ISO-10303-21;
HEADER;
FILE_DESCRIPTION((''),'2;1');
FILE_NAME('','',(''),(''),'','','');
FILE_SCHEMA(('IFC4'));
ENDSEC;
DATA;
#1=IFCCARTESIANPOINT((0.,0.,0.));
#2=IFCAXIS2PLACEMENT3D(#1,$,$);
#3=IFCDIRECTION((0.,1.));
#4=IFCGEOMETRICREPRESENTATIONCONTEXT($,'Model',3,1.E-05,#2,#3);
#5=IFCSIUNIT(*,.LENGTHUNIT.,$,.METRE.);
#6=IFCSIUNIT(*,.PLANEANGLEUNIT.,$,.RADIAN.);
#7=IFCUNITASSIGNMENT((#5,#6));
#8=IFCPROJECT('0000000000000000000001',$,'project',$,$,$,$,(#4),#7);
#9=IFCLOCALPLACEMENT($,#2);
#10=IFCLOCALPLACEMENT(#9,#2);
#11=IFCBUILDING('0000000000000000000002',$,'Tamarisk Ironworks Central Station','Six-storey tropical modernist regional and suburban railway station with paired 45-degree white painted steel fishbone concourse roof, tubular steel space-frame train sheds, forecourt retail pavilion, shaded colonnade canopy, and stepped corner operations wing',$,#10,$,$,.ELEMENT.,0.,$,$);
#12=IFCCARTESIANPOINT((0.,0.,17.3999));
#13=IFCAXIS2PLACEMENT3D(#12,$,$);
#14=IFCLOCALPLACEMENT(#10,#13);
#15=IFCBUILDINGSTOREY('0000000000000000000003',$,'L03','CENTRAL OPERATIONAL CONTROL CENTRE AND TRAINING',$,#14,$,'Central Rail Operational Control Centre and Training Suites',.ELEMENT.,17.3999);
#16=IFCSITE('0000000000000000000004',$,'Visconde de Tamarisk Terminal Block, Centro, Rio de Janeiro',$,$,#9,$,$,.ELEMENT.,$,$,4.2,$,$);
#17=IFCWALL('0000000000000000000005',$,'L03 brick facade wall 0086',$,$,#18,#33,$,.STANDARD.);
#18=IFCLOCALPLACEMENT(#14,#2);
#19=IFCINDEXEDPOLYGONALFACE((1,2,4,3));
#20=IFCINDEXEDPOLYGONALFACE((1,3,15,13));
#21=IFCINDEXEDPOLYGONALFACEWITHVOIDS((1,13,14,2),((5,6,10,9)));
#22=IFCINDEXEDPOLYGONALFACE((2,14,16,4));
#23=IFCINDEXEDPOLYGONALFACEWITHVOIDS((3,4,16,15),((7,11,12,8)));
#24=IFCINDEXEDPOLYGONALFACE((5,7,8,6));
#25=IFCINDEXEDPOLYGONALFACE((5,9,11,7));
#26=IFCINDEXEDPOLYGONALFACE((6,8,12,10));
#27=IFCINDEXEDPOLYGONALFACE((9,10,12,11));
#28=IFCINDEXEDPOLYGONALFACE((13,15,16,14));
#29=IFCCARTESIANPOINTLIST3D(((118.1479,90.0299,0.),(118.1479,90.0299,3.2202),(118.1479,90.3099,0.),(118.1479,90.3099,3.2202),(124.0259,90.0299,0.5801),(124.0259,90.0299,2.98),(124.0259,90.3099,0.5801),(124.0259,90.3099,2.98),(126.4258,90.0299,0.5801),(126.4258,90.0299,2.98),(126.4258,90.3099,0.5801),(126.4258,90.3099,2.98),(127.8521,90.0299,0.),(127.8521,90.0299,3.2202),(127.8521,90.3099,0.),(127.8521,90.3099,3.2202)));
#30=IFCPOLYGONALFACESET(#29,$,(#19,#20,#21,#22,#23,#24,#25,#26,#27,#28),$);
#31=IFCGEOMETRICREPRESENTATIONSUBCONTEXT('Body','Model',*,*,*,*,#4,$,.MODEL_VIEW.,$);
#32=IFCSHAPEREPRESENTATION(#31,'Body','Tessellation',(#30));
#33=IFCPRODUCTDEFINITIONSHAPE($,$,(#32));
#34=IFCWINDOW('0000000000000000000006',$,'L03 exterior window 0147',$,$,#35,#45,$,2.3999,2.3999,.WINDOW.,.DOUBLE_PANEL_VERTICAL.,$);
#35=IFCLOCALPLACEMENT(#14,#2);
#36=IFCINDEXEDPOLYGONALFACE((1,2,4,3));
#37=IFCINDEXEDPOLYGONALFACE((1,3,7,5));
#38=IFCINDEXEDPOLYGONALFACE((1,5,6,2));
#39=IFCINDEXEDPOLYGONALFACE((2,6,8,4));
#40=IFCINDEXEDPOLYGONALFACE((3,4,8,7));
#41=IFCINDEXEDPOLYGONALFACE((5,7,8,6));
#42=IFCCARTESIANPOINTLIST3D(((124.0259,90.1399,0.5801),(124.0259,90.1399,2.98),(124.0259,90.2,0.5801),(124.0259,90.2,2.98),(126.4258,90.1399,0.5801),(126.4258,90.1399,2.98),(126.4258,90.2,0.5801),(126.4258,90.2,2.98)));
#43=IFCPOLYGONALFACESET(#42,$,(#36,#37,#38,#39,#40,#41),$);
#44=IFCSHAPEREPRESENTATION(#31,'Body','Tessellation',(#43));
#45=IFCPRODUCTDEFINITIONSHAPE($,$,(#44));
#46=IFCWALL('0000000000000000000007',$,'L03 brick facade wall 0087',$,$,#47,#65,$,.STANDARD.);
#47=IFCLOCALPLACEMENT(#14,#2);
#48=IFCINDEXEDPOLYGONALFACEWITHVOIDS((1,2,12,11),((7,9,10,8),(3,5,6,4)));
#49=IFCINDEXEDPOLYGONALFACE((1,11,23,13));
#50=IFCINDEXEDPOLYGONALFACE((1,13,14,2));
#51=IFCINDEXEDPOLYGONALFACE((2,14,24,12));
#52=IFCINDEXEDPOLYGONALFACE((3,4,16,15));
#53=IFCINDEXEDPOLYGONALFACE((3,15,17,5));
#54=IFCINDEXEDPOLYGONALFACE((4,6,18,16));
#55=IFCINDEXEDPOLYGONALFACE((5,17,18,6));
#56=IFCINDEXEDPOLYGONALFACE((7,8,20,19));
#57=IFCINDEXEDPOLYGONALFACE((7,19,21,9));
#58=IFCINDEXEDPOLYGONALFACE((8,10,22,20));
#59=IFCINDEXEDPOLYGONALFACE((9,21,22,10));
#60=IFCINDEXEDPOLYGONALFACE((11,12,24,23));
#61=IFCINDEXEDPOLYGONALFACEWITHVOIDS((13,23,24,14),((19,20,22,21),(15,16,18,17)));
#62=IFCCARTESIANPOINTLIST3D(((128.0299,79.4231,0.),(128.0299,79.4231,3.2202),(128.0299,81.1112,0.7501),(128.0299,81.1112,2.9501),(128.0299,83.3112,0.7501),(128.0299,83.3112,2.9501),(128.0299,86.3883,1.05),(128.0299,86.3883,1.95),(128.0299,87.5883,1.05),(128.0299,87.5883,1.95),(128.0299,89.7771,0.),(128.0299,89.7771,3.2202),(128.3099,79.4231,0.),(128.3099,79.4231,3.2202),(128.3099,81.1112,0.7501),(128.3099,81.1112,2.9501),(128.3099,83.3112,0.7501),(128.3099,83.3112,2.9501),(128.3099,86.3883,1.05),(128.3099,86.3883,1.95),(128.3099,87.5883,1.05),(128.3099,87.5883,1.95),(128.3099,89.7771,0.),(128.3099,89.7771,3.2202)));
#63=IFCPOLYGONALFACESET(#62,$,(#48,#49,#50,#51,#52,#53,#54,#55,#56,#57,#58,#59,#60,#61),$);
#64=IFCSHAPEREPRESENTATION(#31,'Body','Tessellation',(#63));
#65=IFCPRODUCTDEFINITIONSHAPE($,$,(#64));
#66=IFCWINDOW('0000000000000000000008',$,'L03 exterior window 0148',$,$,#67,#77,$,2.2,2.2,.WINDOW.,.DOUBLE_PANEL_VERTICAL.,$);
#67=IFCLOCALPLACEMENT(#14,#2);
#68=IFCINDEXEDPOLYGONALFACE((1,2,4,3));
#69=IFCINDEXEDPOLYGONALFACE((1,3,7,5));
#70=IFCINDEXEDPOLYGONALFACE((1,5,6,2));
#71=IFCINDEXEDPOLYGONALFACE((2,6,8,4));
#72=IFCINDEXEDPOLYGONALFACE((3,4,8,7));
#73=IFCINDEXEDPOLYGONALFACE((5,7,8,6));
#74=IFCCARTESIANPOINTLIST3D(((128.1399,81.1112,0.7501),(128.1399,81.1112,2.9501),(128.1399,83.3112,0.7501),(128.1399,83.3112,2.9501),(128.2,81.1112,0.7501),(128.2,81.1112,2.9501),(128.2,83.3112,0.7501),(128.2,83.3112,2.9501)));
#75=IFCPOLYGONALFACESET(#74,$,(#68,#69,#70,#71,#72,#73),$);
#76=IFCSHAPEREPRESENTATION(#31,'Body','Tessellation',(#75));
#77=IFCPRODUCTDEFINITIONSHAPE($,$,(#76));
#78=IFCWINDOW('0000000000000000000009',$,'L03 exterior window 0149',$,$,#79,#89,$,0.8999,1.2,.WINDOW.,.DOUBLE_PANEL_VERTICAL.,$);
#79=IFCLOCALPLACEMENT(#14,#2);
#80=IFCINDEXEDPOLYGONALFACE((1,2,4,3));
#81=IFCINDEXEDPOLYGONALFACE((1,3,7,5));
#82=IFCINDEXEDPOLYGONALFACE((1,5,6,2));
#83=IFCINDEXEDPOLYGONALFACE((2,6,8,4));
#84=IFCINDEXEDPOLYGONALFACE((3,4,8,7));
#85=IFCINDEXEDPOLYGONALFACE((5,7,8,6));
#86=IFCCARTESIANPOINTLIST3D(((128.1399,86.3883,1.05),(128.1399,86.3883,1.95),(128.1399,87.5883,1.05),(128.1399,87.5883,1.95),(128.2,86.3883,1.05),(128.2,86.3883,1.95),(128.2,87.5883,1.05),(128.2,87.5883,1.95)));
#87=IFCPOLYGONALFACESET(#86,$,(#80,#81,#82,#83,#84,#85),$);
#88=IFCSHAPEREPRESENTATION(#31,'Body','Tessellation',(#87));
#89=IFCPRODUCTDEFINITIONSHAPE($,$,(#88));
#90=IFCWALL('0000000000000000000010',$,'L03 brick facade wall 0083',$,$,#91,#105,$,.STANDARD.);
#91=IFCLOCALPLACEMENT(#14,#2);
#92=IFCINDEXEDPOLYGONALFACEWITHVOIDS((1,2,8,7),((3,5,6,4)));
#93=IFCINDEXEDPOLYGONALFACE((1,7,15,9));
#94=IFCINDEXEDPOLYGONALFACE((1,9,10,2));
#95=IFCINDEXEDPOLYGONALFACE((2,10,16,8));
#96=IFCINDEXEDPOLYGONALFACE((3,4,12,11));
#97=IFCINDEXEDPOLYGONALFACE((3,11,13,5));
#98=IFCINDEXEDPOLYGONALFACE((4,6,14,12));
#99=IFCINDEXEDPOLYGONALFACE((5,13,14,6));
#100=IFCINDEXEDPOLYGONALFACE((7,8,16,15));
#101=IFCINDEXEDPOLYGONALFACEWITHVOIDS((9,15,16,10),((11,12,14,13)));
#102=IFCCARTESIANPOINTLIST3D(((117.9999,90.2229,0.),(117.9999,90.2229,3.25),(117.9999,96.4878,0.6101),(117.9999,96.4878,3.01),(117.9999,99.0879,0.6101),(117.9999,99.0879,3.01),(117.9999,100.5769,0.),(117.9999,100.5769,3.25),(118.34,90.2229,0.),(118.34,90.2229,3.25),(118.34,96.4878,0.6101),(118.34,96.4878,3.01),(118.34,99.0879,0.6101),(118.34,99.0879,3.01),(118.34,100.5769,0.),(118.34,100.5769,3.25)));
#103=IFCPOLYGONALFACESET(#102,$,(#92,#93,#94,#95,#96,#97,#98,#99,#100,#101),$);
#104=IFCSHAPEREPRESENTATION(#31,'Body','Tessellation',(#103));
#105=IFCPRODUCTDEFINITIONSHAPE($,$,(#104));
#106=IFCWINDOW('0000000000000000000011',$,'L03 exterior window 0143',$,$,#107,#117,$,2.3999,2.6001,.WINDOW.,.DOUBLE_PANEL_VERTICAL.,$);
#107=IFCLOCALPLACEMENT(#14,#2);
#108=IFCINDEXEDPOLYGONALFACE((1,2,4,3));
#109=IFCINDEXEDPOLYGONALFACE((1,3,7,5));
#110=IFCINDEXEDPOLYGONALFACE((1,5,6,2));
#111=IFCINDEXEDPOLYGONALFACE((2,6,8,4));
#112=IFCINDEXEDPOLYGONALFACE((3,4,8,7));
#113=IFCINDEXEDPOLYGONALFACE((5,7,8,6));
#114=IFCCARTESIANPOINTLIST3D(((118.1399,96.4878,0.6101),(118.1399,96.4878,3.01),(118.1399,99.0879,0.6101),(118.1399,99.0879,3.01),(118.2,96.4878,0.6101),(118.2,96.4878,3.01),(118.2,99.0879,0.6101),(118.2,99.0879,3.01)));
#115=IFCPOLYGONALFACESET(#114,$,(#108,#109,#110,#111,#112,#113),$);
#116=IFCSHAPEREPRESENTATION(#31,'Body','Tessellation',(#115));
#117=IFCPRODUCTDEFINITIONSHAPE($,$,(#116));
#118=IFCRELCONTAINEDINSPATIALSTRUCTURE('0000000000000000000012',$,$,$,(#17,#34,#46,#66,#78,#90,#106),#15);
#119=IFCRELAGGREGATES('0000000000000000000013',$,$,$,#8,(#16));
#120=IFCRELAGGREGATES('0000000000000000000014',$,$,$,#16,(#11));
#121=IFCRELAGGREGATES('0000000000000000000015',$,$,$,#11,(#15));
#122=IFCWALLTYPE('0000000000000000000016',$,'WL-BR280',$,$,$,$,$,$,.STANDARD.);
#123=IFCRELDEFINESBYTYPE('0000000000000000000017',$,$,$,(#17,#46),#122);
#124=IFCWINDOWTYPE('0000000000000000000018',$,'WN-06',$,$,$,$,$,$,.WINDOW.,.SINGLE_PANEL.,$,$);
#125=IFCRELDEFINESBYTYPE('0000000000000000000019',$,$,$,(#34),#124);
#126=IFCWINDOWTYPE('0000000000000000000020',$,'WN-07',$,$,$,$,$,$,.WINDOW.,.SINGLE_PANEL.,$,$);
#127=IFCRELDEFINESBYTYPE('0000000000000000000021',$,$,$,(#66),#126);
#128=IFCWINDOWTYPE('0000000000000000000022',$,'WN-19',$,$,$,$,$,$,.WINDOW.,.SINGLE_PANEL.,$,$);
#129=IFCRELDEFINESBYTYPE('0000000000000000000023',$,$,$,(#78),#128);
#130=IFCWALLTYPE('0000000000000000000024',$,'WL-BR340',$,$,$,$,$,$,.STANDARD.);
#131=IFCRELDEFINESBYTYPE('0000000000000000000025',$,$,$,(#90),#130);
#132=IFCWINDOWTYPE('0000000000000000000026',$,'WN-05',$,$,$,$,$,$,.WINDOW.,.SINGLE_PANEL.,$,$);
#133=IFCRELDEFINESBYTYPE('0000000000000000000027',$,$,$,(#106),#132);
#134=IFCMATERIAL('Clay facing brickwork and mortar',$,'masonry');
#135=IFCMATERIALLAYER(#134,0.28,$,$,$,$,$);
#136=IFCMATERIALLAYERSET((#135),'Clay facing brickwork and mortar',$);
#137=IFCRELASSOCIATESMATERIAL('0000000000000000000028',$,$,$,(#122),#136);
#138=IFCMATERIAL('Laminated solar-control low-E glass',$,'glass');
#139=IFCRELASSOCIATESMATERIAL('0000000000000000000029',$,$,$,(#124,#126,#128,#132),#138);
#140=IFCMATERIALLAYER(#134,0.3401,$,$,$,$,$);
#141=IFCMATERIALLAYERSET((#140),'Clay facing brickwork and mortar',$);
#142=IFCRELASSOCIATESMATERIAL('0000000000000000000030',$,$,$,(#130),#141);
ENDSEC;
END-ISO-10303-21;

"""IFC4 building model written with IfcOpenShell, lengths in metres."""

from ifc_helpers import new_model, si_unit, direction, frame, frame_2d, origin, place, context, subcontext, project, spatial, rectangle, extrude, material, layer, layer_set, type_object, element, fill, save


model = new_model("IFC4")

# Units and contexts
model_context = context("Model", 3, precision=1e-05, world=origin(), true_north=direction((0.0, 1.0)))
body_context = subcontext(model_context, "Body", "Model", "MODEL_VIEW")
ifc_project = project(units=[si_unit("LENGTHUNIT", "METRE"), si_unit("PLANEANGLEUNIT", "RADIAN")], contexts=[model_context])

# Site, building, storey
site_placement = place(None, origin())
site = spatial("IfcSite", under=ifc_project, at=site_placement, Name="Visconde de Tamarisk Terminal Block, Centro, Rio de Janeiro", CompositionType="ELEMENT", RefElevation=4.2)
building_placement = place(site_placement, origin())
building = spatial("IfcBuilding", under=site, at=building_placement, Name="Tamarisk Ironworks Central Station", Description="Six-storey tropical modernist regional and suburban railway station with paired 45-degree white painted steel fishbone concourse roof, tubular steel space-frame train sheds, forecourt retail pavilion, shaded colonnade canopy, and stepped corner operations wing", CompositionType="ELEMENT", ElevationOfRefHeight=0.0)
storey_placement = place(building_placement, frame((0.0, 0.0, 17.3999)))
storey = spatial("IfcBuildingStorey", under=building, at=storey_placement, Name="L03", Description="CENTRAL OPERATIONAL CONTROL CENTRE AND TRAINING", LongName="Central Rail Operational Control Centre and Training Suites", CompositionType="ELEMENT", Elevation=17.3999)

# Shared definitions
ifc_material_1 = material(Name="Clay facing brickwork and mortar", Category="masonry")
ifc_layer_1 = layer(ifc_material_1, 0.28)
ifc_layer_set_1 = layer_set([ifc_layer_1], Name="Clay facing brickwork and mortar")
wall_type_1 = type_object("IfcWallType", Name="WL-BR280", PredefinedType="STANDARD", material=ifc_layer_set_1)
ifc_material_2 = material(Name="Laminated solar-control low-E glass", Category="glass")
window_type_1 = type_object("IfcWindowType", Name="WN-06", PartitioningType="SINGLE_PANEL", PredefinedType="WINDOW", material=ifc_material_2)

# Wall, opening, window
wall_1_placement = place(storey_placement, frame((118.1479, 90.1699, 0.0), z_axis=(0.0, 0.0, 1.0), x_axis=(1.0, 0.0, 0.0)))
wall_1 = element("IfcWall", 1, at=wall_1_placement, inside=storey, type_object=wall_type_1, Name="L03 brick facade wall 0086", PredefinedType="STANDARD", context=body_context, shape_type="SweptSolid", body=[
    extrude(rectangle(XDim=9.7041, YDim=0.28, at=frame_2d((4.8521, 0.0))), origin(), (0.0, 0.0, 1.0), 3.2202),
])
opening_1_placement = place(wall_1_placement, frame((5.8779, 0.0, 0.5801)))
opening_1 = element("IfcOpeningElement", 2, at=opening_1_placement, cuts=wall_1, PredefinedType="OPENING", context=body_context, shape_type="SweptSolid", body=[
    extrude(rectangle(XDim=2.3999, YDim=2.3999, at=frame_2d((1.2, 1.2))), frame((0.0, 0.1519, 0.0), z_axis=(0.0, -1.0, 0.0), x_axis=(1.0, 0.0, 0.0)), (0.0, 0.0, 1.0), 0.304),
])
window_1_placement = place(opening_1_placement, origin())
window_1 = element("IfcWindow", 3, at=window_1_placement, inside=storey, type_object=window_type_1, Name="L03 exterior window 0147", OverallHeight=2.3999, OverallWidth=2.3999, PartitioningType="DOUBLE_PANEL_VERTICAL", PredefinedType="WINDOW", context=body_context, shape_type="SweptSolid", body=[
    extrude(rectangle(XDim=2.3999, YDim=2.3999, at=frame_2d((1.2, 1.2))), frame((0.0, 0.03, 0.0), z_axis=(0.0, -1.0, 0.0), x_axis=(1.0, 0.0, 0.0)), (0.0, 0.0, 1.0), 0.0601),
])
fill(opening_1, window_1)

# Wall, openings, windows
wall_2_placement = place(storey_placement, frame((128.1699, 79.4231, 0.0), z_axis=(0.0, 0.0, 1.0), x_axis=(0.0, 1.0, 0.0)))
wall_2 = element("IfcWall", 4, at=wall_2_placement, inside=storey, type_object=wall_type_1, Name="L03 brick facade wall 0087", PredefinedType="STANDARD", context=body_context, shape_type="SweptSolid", body=[
    extrude(rectangle(XDim=10.354, YDim=0.28, at=frame_2d((5.177, 0.0))), origin(), (0.0, 0.0, 1.0), 3.2202),
])
opening_2_placement = place(wall_2_placement, frame((1.688, 0.0, 0.75)))
opening_2 = element("IfcOpeningElement", 5, at=opening_2_placement, cuts=wall_2, PredefinedType="OPENING", context=body_context, shape_type="SweptSolid", body=[
    extrude(rectangle(XDim=2.2, YDim=2.2, at=frame_2d((1.1001, 1.1001))), frame((0.0, 0.1519, 0.0), z_axis=(0.0, -1.0, 0.0), x_axis=(1.0, 0.0, 0.0)), (0.0, 0.0, 1.0), 0.304),
])
opening_3_placement = place(wall_2_placement, frame((6.9651, 0.0, 1.05)))
opening_3 = element("IfcOpeningElement", 6, at=opening_3_placement, cuts=wall_2, PredefinedType="OPENING", context=body_context, shape_type="SweptSolid", body=[
    extrude(rectangle(XDim=1.2, YDim=0.8999, at=frame_2d((0.6001, 0.45))), frame((0.0, 0.1519, 0.0), z_axis=(0.0, -1.0, 0.0), x_axis=(1.0, 0.0, 0.0)), (0.0, 0.0, 1.0), 0.304),
])
window_type_2 = type_object("IfcWindowType", Name="WN-07", PartitioningType="SINGLE_PANEL", PredefinedType="WINDOW", material=ifc_material_2)
window_2_placement = place(opening_2_placement, origin())
window_2 = element("IfcWindow", 7, at=window_2_placement, inside=storey, type_object=window_type_2, Name="L03 exterior window 0148", OverallHeight=2.2, OverallWidth=2.2, PartitioningType="DOUBLE_PANEL_VERTICAL", PredefinedType="WINDOW", context=body_context, shape_type="SweptSolid", body=[
    extrude(rectangle(XDim=2.2, YDim=2.2, at=frame_2d((1.1001, 1.1001))), frame((0.0, 0.03, 0.0), z_axis=(0.0, -1.0, 0.0), x_axis=(1.0, 0.0, 0.0)), (0.0, 0.0, 1.0), 0.0601),
])
fill(opening_2, window_2)
window_type_3 = type_object("IfcWindowType", Name="WN-19", PartitioningType="SINGLE_PANEL", PredefinedType="WINDOW", material=ifc_material_2)
window_3_placement = place(opening_3_placement, origin())
window_3 = element("IfcWindow", 8, at=window_3_placement, inside=storey, type_object=window_type_3, Name="L03 exterior window 0149", OverallHeight=0.8999, OverallWidth=1.2, PartitioningType="DOUBLE_PANEL_VERTICAL", PredefinedType="WINDOW", context=body_context, shape_type="SweptSolid", body=[
    extrude(rectangle(XDim=1.2, YDim=0.8999, at=frame_2d((0.6001, 0.45))), frame((0.0, 0.03, 0.0), z_axis=(0.0, -1.0, 0.0), x_axis=(1.0, 0.0, 0.0)), (0.0, 0.0, 1.0), 0.0601),
])
fill(opening_3, window_3)

# Wall, opening, window
ifc_layer_2 = layer(ifc_material_1, 0.3401)
ifc_layer_set_2 = layer_set([ifc_layer_2], Name="Clay facing brickwork and mortar")
wall_type_2 = type_object("IfcWallType", Name="WL-BR340", PredefinedType="STANDARD", material=ifc_layer_set_2)
wall_3_placement = place(storey_placement, frame((118.1699, 90.2229, 0.0), z_axis=(0.0, 0.0, 1.0), x_axis=(0.0, 1.0, 0.0)))
wall_3 = element("IfcWall", 9, at=wall_3_placement, inside=storey, type_object=wall_type_2, Name="L03 brick facade wall 0083", PredefinedType="STANDARD", context=body_context, shape_type="SweptSolid", body=[
    extrude(rectangle(XDim=10.354, YDim=0.3401, at=frame_2d((5.177, 0.0))), origin(), (0.0, 0.0, 1.0), 3.25),
])
opening_4_placement = place(wall_3_placement, frame((6.2649, 0.0, 0.6101)))
opening_4 = element("IfcOpeningElement", 10, at=opening_4_placement, cuts=wall_3, PredefinedType="OPENING", context=body_context, shape_type="SweptSolid", body=[
    extrude(rectangle(XDim=2.6001, YDim=2.3999, at=frame_2d((1.3, 1.2))), frame((0.0, 0.1821, 0.0), z_axis=(0.0, -1.0, 0.0), x_axis=(1.0, 0.0, 0.0)), (0.0, 0.0, 1.0), 0.364),
])
window_type_4 = type_object("IfcWindowType", Name="WN-05", PartitioningType="SINGLE_PANEL", PredefinedType="WINDOW", material=ifc_material_2)
window_4_placement = place(opening_4_placement, origin())
window_4 = element("IfcWindow", 11, at=window_4_placement, inside=storey, type_object=window_type_4, Name="L03 exterior window 0143", OverallHeight=2.3999, OverallWidth=2.6001, PartitioningType="DOUBLE_PANEL_VERTICAL", PredefinedType="WINDOW", context=body_context, shape_type="SweptSolid", body=[
    extrude(rectangle(XDim=2.6001, YDim=2.3999, at=frame_2d((1.3, 1.2))), frame((0.0, 0.03, 0.0), z_axis=(0.0, -1.0, 0.0), x_axis=(1.0, 0.0, 0.0)), (0.0, 0.0, 1.0), 0.0601),
])
fill(opening_4, window_4)

save(model, "model.ifc")
